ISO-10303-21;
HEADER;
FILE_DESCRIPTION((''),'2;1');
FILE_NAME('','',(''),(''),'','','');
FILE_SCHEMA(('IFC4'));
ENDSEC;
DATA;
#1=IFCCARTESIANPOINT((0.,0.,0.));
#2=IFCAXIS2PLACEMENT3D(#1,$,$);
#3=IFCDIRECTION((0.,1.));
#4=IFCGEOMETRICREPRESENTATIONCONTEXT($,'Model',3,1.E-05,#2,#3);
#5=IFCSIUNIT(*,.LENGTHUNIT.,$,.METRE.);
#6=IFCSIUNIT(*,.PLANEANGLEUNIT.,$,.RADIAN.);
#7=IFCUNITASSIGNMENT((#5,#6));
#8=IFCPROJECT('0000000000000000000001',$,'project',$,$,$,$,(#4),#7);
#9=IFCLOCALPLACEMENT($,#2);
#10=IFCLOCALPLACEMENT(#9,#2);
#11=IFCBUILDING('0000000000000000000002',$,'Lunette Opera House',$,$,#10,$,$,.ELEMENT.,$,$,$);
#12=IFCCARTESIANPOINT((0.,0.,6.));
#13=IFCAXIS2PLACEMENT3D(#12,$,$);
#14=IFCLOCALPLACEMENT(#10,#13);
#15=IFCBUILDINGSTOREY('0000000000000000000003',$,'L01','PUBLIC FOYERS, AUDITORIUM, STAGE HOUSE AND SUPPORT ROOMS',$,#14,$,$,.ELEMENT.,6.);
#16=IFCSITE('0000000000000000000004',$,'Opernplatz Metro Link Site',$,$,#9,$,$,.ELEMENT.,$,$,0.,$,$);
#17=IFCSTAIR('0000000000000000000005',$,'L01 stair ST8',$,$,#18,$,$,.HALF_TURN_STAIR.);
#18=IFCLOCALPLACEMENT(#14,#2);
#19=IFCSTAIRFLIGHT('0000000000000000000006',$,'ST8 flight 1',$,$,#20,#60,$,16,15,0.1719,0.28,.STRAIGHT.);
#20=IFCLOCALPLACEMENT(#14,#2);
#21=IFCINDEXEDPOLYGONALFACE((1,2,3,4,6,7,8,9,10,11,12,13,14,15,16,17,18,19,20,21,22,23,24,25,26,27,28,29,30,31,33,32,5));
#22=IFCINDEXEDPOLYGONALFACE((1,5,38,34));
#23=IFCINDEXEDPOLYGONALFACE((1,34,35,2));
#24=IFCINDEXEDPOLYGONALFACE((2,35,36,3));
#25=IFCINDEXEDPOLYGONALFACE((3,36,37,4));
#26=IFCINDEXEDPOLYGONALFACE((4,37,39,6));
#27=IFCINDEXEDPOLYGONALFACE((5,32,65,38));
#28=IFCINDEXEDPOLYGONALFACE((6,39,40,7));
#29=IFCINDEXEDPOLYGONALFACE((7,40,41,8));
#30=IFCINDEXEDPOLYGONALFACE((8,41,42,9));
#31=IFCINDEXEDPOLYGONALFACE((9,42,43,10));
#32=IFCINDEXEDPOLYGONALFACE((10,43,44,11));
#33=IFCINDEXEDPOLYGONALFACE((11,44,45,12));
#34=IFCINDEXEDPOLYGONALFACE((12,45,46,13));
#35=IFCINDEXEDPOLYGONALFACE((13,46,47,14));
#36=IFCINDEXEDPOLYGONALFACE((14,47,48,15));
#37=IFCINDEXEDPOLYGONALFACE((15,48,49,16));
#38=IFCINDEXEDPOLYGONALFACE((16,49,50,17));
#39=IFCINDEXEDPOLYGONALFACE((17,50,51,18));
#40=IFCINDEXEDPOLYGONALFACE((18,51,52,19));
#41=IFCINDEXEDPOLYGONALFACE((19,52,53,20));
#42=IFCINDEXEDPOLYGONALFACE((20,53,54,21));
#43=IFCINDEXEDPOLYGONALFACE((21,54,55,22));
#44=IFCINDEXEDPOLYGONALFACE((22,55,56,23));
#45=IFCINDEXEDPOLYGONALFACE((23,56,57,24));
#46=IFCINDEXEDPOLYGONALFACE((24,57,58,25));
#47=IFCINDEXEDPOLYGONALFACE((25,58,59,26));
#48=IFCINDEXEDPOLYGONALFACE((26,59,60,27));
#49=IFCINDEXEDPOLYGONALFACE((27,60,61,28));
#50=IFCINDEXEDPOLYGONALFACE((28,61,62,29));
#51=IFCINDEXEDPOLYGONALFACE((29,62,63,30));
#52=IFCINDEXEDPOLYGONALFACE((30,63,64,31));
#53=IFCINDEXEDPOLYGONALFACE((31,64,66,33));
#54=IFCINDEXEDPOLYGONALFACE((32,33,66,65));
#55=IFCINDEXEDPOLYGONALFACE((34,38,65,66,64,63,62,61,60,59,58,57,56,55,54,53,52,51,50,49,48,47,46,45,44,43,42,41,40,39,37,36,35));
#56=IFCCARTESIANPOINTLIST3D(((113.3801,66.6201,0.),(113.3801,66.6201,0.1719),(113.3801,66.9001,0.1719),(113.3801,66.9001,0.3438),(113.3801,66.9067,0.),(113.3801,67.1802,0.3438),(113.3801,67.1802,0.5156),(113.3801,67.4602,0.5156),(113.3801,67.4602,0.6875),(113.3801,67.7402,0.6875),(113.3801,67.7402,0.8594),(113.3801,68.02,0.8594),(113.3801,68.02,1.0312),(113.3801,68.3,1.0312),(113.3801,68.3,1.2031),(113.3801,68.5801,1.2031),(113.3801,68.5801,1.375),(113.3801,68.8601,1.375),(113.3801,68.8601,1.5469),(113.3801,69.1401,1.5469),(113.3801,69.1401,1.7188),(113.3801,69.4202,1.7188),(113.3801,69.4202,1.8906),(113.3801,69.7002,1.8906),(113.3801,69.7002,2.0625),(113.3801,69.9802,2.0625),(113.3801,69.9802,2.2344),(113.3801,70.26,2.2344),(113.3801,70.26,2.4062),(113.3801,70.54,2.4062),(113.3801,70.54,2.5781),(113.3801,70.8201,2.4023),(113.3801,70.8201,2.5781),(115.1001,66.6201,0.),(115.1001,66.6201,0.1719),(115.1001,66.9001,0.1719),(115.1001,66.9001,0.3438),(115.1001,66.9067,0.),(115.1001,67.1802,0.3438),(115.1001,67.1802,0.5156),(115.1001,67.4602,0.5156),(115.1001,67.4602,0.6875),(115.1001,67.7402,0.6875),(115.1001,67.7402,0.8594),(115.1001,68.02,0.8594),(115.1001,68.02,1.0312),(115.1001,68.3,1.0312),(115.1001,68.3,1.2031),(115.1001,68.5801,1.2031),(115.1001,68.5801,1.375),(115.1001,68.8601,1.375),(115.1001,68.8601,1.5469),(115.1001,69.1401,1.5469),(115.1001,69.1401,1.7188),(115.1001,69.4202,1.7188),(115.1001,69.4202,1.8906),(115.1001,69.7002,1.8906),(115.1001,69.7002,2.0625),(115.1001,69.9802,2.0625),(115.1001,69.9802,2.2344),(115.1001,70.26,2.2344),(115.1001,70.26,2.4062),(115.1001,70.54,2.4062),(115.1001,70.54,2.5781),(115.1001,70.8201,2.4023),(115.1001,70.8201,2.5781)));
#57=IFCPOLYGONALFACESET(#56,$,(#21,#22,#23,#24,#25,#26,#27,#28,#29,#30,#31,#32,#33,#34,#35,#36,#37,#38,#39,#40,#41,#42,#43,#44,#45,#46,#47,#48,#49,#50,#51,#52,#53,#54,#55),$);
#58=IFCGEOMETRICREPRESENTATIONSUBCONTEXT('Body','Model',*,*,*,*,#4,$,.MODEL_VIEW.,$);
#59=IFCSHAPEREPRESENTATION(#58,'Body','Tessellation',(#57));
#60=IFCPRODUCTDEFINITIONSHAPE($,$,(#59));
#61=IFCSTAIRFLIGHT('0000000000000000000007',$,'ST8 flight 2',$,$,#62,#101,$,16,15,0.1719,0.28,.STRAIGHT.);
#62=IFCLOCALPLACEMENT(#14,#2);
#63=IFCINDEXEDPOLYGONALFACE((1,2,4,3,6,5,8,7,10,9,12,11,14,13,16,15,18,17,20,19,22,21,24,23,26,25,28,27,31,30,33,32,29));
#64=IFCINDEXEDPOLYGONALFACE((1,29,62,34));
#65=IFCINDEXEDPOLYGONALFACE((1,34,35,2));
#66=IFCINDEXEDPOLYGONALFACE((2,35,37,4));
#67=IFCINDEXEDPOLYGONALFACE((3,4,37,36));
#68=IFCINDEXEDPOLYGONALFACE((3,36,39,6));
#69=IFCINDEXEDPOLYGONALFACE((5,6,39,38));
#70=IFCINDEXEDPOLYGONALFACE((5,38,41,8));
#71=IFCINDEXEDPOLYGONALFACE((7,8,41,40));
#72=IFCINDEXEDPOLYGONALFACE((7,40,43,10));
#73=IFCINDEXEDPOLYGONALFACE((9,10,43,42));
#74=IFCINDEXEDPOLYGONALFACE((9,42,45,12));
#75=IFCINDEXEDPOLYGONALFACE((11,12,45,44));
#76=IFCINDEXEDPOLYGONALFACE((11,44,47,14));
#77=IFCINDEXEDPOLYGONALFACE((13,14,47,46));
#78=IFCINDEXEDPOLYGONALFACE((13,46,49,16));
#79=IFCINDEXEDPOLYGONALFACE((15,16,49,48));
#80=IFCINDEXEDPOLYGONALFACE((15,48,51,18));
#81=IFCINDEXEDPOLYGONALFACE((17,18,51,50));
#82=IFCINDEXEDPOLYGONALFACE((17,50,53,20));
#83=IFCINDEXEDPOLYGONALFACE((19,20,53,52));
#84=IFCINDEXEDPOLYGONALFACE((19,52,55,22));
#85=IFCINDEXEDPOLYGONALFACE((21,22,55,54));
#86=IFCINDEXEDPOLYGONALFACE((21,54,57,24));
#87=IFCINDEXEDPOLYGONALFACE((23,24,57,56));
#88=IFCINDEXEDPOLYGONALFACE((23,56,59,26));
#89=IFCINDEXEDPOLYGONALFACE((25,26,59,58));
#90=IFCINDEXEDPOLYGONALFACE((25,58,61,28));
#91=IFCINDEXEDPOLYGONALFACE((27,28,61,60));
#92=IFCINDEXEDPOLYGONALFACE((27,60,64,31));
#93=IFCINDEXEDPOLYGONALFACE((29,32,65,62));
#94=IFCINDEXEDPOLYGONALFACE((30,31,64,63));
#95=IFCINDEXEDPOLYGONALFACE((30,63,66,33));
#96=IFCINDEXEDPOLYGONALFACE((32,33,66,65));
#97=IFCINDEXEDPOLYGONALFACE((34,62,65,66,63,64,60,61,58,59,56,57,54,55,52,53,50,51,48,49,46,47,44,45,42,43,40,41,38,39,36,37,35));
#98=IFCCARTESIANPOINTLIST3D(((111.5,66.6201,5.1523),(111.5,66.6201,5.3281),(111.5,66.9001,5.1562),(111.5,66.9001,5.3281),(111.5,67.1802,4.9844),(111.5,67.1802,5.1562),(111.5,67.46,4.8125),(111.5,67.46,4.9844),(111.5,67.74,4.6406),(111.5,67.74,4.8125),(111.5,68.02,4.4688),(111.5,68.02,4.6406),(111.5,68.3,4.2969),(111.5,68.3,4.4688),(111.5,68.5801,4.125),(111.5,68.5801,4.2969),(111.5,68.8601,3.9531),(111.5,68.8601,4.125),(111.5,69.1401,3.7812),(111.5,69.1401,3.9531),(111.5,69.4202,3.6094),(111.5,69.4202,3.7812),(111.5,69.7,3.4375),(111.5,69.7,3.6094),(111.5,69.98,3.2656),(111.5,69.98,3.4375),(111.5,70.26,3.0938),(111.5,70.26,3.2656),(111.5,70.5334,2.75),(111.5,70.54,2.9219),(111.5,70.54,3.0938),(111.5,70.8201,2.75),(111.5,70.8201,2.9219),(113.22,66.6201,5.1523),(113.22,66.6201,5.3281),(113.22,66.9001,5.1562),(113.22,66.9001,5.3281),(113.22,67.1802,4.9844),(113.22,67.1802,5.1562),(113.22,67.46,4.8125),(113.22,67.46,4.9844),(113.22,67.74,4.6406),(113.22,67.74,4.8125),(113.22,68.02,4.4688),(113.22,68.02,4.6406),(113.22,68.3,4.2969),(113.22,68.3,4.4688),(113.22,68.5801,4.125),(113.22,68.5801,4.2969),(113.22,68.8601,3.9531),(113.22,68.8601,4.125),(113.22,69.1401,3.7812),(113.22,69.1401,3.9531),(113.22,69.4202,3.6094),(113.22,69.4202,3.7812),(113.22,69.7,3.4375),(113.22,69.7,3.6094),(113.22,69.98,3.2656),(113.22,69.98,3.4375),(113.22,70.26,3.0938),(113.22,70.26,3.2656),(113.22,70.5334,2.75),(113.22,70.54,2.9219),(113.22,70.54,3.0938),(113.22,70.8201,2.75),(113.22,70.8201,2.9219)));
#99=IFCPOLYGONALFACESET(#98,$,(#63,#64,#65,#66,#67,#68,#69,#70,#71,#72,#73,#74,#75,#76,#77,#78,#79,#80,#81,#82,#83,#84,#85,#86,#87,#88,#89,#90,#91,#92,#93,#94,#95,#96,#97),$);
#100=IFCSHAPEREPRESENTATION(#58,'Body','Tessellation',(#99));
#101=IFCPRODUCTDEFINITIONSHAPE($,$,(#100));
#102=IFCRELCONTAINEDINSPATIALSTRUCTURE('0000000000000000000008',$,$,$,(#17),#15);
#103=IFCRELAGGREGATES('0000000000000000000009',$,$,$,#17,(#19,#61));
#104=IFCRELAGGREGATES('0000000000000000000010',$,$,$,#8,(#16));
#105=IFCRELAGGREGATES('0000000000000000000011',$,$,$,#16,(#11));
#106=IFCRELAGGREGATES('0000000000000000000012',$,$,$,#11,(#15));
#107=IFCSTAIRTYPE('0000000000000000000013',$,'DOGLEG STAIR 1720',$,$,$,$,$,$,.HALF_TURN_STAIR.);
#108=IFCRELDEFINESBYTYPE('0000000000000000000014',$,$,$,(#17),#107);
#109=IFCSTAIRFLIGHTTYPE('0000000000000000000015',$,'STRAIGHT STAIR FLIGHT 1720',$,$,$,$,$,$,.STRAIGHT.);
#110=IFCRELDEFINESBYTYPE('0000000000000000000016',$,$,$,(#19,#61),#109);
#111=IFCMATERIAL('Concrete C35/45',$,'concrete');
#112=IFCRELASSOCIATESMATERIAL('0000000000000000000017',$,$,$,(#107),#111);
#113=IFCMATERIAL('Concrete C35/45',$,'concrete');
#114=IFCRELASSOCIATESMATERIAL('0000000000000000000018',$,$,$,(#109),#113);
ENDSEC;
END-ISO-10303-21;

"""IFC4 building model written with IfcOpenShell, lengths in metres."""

from ifc_helpers import new_model, si_unit, direction, frame, origin, place, context, subcontext, project, spatial, polyline, outline, extrude, material, type_object, element, aggregate, save


model = new_model("IFC4")

# Units and contexts
model_context = context("Model", 3, precision=1e-05, world=origin(), true_north=direction((0.0, 1.0)))
body_context = subcontext(model_context, "Body", "Model", "MODEL_VIEW")
ifc_project = project(units=[si_unit("LENGTHUNIT", "METRE"), si_unit("PLANEANGLEUNIT", "RADIAN")], contexts=[model_context])

# Site, building, storey
site_placement = place(None, origin())
site = spatial("IfcSite", under=ifc_project, at=site_placement, Name="Opernplatz Metro Link Site", CompositionType="ELEMENT", RefElevation=0.0)
building_placement = place(site_placement, origin())
building = spatial("IfcBuilding", under=site, at=building_placement, Name="Lunette Opera House", CompositionType="ELEMENT")
storey_placement = place(building_placement, frame((0.0, 0.0, 6.0)))
storey = spatial("IfcBuildingStorey", under=building, at=storey_placement, Name="L01", Description="PUBLIC FOYERS, AUDITORIUM, STAGE HOUSE AND SUPPORT ROOMS", CompositionType="ELEMENT", Elevation=6.0)

# Stair, stair flights
ifc_material_1 = material(Name="Concrete C35/45", Category="concrete")
stair_type = type_object("IfcStairType", Name="DOGLEG STAIR 1720", PredefinedType="HALF_TURN_STAIR", material=ifc_material_1)
stair_placement = place(storey_placement, origin())
stair = element("IfcStair", 1, at=stair_placement, inside=storey, type_object=stair_type, Name="L01 stair ST8", PredefinedType="HALF_TURN_STAIR")
ifc_material_2 = material(Name="Concrete C35/45", Category="concrete")
stair_flight_type = type_object("IfcStairFlightType", Name="STRAIGHT STAIR FLIGHT 1720", PredefinedType="STRAIGHT", material=ifc_material_2)
stair_flight_1_placement = place(storey_placement, frame((114.24, 66.6201, 0.0), z_axis=(0.0, 0.0, 1.0), x_axis=(0.0, 1.0, 0.0)))
stair_flight_1 = element("IfcStairFlight", 2, at=stair_flight_1_placement, type_object=stair_flight_type, Name="ST8 flight 1", NumberOfRisers=16, NumberOfTreads=15, PredefinedType="STRAIGHT", RiserHeight=0.1719, TreadLength=0.28, context=body_context, shape_type="SweptSolid", body=[
    extrude(outline(polyline([(0.0, 0.0), (0.0, 0.1719), (0.28, 0.1719), (0.28, 0.3438), (0.5601, 0.3438), (0.5601, 0.5156), (0.8401, 0.5156), (0.8401, 0.6875), (1.1201, 0.6875), (1.1201, 0.8594), (1.3999, 0.8594), (1.3999, 1.0312), (1.6799, 1.0312), (1.6799, 1.2031), (1.96, 1.2031), (1.96, 1.375), (2.24, 1.375), (2.24, 1.5469), (2.52, 1.5469), (2.52, 1.7188), (2.8, 1.7188), (2.8, 1.8906), (3.0801, 1.8906), (3.0801, 2.0625), (3.3601, 2.0625), (3.3601, 2.2344), (3.6399, 2.2344), (3.6399, 2.4062), (3.9199, 2.4062), (3.9199, 2.5781), (4.2, 2.5781), (4.2, 2.75), (4.2, 2.4023), (0.2866, 0.0), (0.0, 0.0)])), frame((0.0, 0.8599, 0.0), z_axis=(0.0, -1.0, 0.0), x_axis=(1.0, 0.0, 0.0)), (0.0, 0.0, 1.0), 1.72),
])
stair_flight_2_placement = place(storey_placement, frame((112.3601, 70.8201, 2.75), z_axis=(0.0, 0.0, 1.0), x_axis=(0.0, -1.0, 0.0)))
stair_flight_2 = element("IfcStairFlight", 3, at=stair_flight_2_placement, type_object=stair_flight_type, Name="ST8 flight 2", NumberOfRisers=16, NumberOfTreads=15, PredefinedType="STRAIGHT", RiserHeight=0.1719, TreadLength=0.28, context=body_context, shape_type="SweptSolid", body=[
    extrude(outline(polyline([(0.0, 0.0), (0.0, 0.1719), (0.28, 0.1719), (0.28, 0.3438), (0.5601, 0.3438), (0.5601, 0.5156), (0.8401, 0.5156), (0.8401, 0.6875), (1.1201, 0.6875), (1.1201, 0.8594), (1.3999, 0.8594), (1.3999, 1.0312), (1.6799, 1.0312), (1.6799, 1.2031), (1.96, 1.2031), (1.96, 1.375), (2.24, 1.375), (2.24, 1.5469), (2.52, 1.5469), (2.52, 1.7188), (2.8, 1.7188), (2.8, 1.8906), (3.0801, 1.8906), (3.0801, 2.0625), (3.3601, 2.0625), (3.3601, 2.2344), (3.6399, 2.2344), (3.6399, 2.4062), (3.9199, 2.4062), (3.9199, 2.5781), (4.2, 2.5781), (4.2, 2.75), (4.2, 2.4023), (0.2866, 0.0), (0.0, 0.0)])), frame((0.0, 0.8599, 0.0), z_axis=(0.0, -1.0, 0.0), x_axis=(1.0, 0.0, 0.0)), (0.0, 0.0, 1.0), 1.72),
])
aggregate(stair, [stair_flight_1, stair_flight_2])

save(model, "model.ifc")
